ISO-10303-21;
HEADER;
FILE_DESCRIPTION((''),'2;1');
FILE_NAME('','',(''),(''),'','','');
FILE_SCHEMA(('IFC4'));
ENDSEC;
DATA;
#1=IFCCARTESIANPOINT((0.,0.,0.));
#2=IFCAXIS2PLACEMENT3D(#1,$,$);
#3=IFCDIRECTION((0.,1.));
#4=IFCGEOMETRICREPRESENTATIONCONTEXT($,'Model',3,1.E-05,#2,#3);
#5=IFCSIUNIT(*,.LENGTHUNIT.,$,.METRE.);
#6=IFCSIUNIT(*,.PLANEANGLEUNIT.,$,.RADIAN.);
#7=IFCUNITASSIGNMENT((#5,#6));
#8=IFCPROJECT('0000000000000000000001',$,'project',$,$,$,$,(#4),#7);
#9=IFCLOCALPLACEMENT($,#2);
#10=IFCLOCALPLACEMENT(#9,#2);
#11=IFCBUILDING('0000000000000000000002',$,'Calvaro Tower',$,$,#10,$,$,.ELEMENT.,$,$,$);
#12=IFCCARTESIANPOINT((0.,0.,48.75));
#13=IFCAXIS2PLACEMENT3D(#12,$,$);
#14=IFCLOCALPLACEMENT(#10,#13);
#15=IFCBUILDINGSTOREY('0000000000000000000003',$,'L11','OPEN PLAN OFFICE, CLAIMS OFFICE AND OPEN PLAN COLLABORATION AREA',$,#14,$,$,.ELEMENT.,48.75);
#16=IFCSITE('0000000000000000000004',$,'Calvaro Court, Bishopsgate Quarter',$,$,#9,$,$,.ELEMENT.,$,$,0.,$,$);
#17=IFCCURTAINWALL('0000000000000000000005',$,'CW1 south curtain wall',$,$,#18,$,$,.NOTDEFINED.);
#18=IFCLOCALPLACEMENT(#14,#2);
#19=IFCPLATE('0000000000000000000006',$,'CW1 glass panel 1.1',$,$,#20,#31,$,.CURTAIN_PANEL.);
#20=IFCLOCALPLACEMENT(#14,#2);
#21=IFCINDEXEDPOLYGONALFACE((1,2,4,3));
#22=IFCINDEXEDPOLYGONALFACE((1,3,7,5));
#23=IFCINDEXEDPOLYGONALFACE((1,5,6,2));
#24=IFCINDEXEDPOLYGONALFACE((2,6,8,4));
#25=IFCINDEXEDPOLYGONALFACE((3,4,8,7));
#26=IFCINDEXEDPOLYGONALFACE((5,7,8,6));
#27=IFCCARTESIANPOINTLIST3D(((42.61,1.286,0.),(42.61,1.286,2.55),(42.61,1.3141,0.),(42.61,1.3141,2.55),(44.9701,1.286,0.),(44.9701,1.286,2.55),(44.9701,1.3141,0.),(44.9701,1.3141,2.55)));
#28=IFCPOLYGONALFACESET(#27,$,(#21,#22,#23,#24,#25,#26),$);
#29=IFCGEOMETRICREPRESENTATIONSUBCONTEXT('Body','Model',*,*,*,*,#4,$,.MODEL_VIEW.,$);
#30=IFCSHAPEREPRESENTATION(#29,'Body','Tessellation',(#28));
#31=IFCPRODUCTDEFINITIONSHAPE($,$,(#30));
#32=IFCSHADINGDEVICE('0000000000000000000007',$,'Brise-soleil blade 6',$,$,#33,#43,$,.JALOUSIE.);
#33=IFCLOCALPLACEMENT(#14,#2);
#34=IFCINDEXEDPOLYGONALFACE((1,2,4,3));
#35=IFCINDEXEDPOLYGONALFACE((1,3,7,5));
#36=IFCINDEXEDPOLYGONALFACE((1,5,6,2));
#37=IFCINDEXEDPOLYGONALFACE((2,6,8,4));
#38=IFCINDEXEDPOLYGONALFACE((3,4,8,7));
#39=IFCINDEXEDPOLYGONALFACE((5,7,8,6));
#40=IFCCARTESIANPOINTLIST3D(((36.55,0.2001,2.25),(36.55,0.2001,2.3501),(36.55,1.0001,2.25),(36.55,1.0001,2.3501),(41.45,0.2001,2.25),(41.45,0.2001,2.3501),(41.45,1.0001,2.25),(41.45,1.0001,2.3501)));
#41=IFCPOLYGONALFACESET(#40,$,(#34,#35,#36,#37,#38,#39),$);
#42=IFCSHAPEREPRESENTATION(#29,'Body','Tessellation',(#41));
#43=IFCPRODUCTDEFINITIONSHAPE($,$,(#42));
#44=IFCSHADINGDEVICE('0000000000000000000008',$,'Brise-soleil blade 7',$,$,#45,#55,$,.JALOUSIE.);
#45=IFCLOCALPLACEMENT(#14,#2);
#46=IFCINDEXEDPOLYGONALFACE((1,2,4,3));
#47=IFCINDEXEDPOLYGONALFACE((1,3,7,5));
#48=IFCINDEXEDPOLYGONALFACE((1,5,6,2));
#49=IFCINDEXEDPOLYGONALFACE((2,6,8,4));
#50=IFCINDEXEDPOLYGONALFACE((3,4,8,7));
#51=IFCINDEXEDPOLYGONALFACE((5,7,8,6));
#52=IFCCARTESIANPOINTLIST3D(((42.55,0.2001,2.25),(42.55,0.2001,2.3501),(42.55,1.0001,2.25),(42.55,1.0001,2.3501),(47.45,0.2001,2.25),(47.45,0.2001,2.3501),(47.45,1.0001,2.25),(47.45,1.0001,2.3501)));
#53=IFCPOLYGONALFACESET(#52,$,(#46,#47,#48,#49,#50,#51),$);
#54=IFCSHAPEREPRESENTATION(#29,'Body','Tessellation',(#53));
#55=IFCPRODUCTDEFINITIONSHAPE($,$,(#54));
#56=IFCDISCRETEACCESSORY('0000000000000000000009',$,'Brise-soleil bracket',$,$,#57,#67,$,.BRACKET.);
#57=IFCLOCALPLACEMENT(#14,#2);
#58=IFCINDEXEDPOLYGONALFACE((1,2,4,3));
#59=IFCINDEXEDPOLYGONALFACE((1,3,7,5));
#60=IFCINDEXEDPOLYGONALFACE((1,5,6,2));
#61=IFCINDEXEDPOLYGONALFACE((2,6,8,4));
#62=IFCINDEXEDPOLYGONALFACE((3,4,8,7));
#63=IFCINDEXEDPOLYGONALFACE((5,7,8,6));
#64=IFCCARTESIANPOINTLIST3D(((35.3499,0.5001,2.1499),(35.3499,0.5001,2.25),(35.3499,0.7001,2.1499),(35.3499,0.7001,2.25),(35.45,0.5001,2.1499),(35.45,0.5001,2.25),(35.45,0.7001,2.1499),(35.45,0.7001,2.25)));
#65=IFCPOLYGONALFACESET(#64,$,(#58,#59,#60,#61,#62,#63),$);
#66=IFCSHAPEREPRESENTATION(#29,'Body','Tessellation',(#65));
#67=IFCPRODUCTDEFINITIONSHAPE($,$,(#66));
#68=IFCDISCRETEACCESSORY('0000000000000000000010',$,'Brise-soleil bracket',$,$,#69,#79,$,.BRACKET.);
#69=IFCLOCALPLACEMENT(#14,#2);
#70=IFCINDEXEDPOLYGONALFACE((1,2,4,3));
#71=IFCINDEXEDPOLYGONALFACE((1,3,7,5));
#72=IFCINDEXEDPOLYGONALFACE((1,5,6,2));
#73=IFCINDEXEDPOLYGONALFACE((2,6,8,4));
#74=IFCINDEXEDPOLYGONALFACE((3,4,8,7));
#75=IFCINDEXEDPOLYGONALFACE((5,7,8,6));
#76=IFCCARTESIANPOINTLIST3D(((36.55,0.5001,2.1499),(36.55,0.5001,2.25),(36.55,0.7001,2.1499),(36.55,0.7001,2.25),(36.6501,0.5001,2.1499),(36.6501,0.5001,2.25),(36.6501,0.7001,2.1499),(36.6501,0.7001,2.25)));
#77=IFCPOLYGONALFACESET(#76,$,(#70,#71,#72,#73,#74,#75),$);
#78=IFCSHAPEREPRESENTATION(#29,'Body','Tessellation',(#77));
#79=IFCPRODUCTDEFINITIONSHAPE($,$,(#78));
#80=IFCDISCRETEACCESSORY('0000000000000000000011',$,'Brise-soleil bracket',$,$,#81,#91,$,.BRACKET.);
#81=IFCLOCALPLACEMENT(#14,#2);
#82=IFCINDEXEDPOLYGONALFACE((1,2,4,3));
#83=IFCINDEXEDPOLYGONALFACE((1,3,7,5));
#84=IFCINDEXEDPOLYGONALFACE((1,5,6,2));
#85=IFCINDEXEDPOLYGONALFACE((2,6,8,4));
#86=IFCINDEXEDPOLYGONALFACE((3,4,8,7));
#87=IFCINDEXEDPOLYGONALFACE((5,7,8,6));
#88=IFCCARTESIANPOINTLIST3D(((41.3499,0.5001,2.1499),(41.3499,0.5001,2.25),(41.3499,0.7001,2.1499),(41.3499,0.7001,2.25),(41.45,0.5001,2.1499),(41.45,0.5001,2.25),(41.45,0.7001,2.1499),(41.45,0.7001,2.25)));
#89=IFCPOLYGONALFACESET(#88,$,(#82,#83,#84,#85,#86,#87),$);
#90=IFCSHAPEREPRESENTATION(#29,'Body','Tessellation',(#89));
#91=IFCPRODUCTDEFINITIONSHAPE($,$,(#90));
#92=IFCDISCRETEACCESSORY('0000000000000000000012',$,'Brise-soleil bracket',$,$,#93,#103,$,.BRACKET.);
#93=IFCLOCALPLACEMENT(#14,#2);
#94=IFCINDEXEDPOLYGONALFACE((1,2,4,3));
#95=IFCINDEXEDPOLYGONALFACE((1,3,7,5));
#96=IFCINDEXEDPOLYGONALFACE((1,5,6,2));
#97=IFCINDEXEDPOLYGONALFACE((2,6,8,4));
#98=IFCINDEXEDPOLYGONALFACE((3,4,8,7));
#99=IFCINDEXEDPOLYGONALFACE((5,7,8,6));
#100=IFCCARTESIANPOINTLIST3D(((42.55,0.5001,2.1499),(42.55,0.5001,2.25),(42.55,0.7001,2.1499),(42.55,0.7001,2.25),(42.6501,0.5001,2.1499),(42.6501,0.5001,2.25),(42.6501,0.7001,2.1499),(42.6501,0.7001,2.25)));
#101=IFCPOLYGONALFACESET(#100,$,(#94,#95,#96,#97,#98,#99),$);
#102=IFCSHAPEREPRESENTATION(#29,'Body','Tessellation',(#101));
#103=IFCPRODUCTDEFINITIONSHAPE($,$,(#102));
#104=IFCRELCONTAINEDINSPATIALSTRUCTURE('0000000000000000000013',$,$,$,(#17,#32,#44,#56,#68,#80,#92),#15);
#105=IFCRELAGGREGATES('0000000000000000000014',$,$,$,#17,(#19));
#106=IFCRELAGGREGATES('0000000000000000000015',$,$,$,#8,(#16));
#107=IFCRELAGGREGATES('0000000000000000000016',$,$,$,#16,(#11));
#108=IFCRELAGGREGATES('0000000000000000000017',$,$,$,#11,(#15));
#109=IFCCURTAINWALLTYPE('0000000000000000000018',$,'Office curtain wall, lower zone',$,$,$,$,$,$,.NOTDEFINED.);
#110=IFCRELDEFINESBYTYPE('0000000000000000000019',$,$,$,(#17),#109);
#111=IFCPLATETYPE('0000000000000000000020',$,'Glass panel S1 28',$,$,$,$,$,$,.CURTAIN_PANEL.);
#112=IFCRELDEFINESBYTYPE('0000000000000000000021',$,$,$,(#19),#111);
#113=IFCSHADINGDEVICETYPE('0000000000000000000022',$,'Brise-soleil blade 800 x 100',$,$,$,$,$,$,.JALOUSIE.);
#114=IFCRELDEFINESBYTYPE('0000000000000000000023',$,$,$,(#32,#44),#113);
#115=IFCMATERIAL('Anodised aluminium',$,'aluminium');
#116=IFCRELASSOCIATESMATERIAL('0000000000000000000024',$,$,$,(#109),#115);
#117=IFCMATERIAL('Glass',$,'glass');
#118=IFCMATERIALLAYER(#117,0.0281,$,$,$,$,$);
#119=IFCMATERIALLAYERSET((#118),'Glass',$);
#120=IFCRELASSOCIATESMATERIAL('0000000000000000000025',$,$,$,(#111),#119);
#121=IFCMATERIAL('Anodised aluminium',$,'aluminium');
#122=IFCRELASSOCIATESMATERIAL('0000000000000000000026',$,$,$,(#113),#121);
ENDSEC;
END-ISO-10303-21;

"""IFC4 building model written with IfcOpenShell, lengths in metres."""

from ifc_helpers import new_model, si_unit, direction, frame, origin, origin_2d, place, context, subcontext, project, spatial, rectangle, extrude, material, layer, layer_set, material_profile, profile_set, type_object, element, aggregate, save


model = new_model("IFC4")

# Units and contexts
model_context = context("Model", 3, precision=1e-05, world=origin(), true_north=direction((0.0, 1.0)))
body_context = subcontext(model_context, "Body", "Model", "MODEL_VIEW")
ifc_project = project(units=[si_unit("LENGTHUNIT", "METRE"), si_unit("PLANEANGLEUNIT", "RADIAN")], contexts=[model_context])

# Site, building, storey
site_placement = place(None, origin())
site = spatial("IfcSite", under=ifc_project, at=site_placement, Name="Calvaro Court, Bishopsgate Quarter", CompositionType="ELEMENT", RefElevation=0.0)
building_placement = place(site_placement, origin())
building = spatial("IfcBuilding", under=site, at=building_placement, Name="Calvaro Tower", CompositionType="ELEMENT")
storey_placement = place(building_placement, frame((0.0, 0.0, 48.75)))
storey = spatial("IfcBuildingStorey", under=building, at=storey_placement, Name="L11", Description="OPEN PLAN OFFICE, CLAIMS OFFICE AND OPEN PLAN COLLABORATION AREA", CompositionType="ELEMENT", Elevation=48.75)

# Shared definitions
ifc_material_1 = material(Name="Anodised aluminium", Category="aluminium")
curtain_wall_type = type_object("IfcCurtainWallType", Name="Office curtain wall, lower zone", PredefinedType="NOTDEFINED", material=ifc_material_1)

# Curtain wall
curtain_wall_1_placement = place(storey_placement, origin())
curtain_wall_1 = element("IfcCurtainWall", 1, at=curtain_wall_1_placement, inside=storey, type_object=curtain_wall_type, Name="CW1 south curtain wall", PredefinedType="NOTDEFINED")

# Plate
ifc_material_2 = material(Name="Glass", Category="glass")
ifc_layer = layer(ifc_material_2, 0.0281)
ifc_layer_set = layer_set([ifc_layer], Name="Glass")
plate_type = type_object("IfcPlateType", Name="Glass panel S1 28", PredefinedType="CURTAIN_PANEL", material=ifc_layer_set)
plate_1_placement = place(storey_placement, frame((43.79, 1.3, 0.0), z_axis=(0.0, 0.0, 1.0), x_axis=(1.0, 0.0, 0.0)))
plate_1 = element("IfcPlate", 2, at=plate_1_placement, type_object=plate_type, Name="CW1 glass panel 1.1", PredefinedType="CURTAIN_PANEL", context=body_context, shape_type="SweptSolid", body=[
    extrude(rectangle(XDim=2.3601, YDim=0.0281, at=origin_2d()), origin(), (0.0, 0.0, 1.0), 2.55),
])
aggregate(curtain_wall_1, [plate_1])

# Shading devices
ifc_material_3 = material(Name="Anodised aluminium", Category="aluminium")
ifc_material_profile_1 = material_profile(ifc_material_3, rectangle(XDim=0.8, YDim=0.1001, at=origin_2d()), Name="Brise-soleil blade 800 x 100")
ifc_profile_set_1 = profile_set([ifc_material_profile_1], Name="Anodised aluminium")
shading_device_type = type_object("IfcShadingDeviceType", Name="Brise-soleil blade 800 x 100", PredefinedType="JALOUSIE", material=ifc_profile_set_1)
for number, where, z_axis, x_axis, name in (
    (3, (36.55, 0.6001, 2.3), (1.0, 0.0, 0.0), (0.0, 1.0, 0.0), "Brise-soleil blade 6"),
    (4, (42.55, 0.6001, 2.3), (1.0, 0.0, 0.0), (0.0, 1.0, 0.0), "Brise-soleil blade 7"),
):
    element("IfcShadingDevice", number, at=place(storey_placement, frame(where, z_axis=z_axis, x_axis=x_axis)), inside=storey, type_object=shading_device_type, Name=name, PredefinedType="JALOUSIE", context=body_context, shape_type="SweptSolid", body=[
        extrude(rectangle(XDim=0.8, YDim=0.1001, at=origin_2d()), origin(), (0.0, 0.0, 1.0), 4.8999),
    ])

# Discrete accessories
for number, where, z_axis, x_axis, name in (
    (5, (35.3999, 0.6001, 2.1499), (0.0, 0.0, 1.0), (1.0, 0.0, 0.0), "Brise-soleil bracket"),
    (6, (36.6001, 0.6001, 2.1499), (0.0, 0.0, 1.0), (1.0, 0.0, 0.0), "Brise-soleil bracket"),
    (7, (41.3999, 0.6001, 2.1499), (0.0, 0.0, 1.0), (1.0, 0.0, 0.0), "Brise-soleil bracket"),
    (8, (42.6001, 0.6001, 2.1499), (0.0, 0.0, 1.0), (1.0, 0.0, 0.0), "Brise-soleil bracket"),
):
    element("IfcDiscreteAccessory", number, at=place(storey_placement, frame(where, z_axis=z_axis, x_axis=x_axis)), inside=storey, Name=name, PredefinedType="BRACKET", context=body_context, shape_type="SweptSolid", body=[
        extrude(rectangle(XDim=0.1001, YDim=0.2, at=origin_2d()), origin(), (0.0, 0.0, 1.0), 0.1001),
    ])

save(model, "model.ifc")
